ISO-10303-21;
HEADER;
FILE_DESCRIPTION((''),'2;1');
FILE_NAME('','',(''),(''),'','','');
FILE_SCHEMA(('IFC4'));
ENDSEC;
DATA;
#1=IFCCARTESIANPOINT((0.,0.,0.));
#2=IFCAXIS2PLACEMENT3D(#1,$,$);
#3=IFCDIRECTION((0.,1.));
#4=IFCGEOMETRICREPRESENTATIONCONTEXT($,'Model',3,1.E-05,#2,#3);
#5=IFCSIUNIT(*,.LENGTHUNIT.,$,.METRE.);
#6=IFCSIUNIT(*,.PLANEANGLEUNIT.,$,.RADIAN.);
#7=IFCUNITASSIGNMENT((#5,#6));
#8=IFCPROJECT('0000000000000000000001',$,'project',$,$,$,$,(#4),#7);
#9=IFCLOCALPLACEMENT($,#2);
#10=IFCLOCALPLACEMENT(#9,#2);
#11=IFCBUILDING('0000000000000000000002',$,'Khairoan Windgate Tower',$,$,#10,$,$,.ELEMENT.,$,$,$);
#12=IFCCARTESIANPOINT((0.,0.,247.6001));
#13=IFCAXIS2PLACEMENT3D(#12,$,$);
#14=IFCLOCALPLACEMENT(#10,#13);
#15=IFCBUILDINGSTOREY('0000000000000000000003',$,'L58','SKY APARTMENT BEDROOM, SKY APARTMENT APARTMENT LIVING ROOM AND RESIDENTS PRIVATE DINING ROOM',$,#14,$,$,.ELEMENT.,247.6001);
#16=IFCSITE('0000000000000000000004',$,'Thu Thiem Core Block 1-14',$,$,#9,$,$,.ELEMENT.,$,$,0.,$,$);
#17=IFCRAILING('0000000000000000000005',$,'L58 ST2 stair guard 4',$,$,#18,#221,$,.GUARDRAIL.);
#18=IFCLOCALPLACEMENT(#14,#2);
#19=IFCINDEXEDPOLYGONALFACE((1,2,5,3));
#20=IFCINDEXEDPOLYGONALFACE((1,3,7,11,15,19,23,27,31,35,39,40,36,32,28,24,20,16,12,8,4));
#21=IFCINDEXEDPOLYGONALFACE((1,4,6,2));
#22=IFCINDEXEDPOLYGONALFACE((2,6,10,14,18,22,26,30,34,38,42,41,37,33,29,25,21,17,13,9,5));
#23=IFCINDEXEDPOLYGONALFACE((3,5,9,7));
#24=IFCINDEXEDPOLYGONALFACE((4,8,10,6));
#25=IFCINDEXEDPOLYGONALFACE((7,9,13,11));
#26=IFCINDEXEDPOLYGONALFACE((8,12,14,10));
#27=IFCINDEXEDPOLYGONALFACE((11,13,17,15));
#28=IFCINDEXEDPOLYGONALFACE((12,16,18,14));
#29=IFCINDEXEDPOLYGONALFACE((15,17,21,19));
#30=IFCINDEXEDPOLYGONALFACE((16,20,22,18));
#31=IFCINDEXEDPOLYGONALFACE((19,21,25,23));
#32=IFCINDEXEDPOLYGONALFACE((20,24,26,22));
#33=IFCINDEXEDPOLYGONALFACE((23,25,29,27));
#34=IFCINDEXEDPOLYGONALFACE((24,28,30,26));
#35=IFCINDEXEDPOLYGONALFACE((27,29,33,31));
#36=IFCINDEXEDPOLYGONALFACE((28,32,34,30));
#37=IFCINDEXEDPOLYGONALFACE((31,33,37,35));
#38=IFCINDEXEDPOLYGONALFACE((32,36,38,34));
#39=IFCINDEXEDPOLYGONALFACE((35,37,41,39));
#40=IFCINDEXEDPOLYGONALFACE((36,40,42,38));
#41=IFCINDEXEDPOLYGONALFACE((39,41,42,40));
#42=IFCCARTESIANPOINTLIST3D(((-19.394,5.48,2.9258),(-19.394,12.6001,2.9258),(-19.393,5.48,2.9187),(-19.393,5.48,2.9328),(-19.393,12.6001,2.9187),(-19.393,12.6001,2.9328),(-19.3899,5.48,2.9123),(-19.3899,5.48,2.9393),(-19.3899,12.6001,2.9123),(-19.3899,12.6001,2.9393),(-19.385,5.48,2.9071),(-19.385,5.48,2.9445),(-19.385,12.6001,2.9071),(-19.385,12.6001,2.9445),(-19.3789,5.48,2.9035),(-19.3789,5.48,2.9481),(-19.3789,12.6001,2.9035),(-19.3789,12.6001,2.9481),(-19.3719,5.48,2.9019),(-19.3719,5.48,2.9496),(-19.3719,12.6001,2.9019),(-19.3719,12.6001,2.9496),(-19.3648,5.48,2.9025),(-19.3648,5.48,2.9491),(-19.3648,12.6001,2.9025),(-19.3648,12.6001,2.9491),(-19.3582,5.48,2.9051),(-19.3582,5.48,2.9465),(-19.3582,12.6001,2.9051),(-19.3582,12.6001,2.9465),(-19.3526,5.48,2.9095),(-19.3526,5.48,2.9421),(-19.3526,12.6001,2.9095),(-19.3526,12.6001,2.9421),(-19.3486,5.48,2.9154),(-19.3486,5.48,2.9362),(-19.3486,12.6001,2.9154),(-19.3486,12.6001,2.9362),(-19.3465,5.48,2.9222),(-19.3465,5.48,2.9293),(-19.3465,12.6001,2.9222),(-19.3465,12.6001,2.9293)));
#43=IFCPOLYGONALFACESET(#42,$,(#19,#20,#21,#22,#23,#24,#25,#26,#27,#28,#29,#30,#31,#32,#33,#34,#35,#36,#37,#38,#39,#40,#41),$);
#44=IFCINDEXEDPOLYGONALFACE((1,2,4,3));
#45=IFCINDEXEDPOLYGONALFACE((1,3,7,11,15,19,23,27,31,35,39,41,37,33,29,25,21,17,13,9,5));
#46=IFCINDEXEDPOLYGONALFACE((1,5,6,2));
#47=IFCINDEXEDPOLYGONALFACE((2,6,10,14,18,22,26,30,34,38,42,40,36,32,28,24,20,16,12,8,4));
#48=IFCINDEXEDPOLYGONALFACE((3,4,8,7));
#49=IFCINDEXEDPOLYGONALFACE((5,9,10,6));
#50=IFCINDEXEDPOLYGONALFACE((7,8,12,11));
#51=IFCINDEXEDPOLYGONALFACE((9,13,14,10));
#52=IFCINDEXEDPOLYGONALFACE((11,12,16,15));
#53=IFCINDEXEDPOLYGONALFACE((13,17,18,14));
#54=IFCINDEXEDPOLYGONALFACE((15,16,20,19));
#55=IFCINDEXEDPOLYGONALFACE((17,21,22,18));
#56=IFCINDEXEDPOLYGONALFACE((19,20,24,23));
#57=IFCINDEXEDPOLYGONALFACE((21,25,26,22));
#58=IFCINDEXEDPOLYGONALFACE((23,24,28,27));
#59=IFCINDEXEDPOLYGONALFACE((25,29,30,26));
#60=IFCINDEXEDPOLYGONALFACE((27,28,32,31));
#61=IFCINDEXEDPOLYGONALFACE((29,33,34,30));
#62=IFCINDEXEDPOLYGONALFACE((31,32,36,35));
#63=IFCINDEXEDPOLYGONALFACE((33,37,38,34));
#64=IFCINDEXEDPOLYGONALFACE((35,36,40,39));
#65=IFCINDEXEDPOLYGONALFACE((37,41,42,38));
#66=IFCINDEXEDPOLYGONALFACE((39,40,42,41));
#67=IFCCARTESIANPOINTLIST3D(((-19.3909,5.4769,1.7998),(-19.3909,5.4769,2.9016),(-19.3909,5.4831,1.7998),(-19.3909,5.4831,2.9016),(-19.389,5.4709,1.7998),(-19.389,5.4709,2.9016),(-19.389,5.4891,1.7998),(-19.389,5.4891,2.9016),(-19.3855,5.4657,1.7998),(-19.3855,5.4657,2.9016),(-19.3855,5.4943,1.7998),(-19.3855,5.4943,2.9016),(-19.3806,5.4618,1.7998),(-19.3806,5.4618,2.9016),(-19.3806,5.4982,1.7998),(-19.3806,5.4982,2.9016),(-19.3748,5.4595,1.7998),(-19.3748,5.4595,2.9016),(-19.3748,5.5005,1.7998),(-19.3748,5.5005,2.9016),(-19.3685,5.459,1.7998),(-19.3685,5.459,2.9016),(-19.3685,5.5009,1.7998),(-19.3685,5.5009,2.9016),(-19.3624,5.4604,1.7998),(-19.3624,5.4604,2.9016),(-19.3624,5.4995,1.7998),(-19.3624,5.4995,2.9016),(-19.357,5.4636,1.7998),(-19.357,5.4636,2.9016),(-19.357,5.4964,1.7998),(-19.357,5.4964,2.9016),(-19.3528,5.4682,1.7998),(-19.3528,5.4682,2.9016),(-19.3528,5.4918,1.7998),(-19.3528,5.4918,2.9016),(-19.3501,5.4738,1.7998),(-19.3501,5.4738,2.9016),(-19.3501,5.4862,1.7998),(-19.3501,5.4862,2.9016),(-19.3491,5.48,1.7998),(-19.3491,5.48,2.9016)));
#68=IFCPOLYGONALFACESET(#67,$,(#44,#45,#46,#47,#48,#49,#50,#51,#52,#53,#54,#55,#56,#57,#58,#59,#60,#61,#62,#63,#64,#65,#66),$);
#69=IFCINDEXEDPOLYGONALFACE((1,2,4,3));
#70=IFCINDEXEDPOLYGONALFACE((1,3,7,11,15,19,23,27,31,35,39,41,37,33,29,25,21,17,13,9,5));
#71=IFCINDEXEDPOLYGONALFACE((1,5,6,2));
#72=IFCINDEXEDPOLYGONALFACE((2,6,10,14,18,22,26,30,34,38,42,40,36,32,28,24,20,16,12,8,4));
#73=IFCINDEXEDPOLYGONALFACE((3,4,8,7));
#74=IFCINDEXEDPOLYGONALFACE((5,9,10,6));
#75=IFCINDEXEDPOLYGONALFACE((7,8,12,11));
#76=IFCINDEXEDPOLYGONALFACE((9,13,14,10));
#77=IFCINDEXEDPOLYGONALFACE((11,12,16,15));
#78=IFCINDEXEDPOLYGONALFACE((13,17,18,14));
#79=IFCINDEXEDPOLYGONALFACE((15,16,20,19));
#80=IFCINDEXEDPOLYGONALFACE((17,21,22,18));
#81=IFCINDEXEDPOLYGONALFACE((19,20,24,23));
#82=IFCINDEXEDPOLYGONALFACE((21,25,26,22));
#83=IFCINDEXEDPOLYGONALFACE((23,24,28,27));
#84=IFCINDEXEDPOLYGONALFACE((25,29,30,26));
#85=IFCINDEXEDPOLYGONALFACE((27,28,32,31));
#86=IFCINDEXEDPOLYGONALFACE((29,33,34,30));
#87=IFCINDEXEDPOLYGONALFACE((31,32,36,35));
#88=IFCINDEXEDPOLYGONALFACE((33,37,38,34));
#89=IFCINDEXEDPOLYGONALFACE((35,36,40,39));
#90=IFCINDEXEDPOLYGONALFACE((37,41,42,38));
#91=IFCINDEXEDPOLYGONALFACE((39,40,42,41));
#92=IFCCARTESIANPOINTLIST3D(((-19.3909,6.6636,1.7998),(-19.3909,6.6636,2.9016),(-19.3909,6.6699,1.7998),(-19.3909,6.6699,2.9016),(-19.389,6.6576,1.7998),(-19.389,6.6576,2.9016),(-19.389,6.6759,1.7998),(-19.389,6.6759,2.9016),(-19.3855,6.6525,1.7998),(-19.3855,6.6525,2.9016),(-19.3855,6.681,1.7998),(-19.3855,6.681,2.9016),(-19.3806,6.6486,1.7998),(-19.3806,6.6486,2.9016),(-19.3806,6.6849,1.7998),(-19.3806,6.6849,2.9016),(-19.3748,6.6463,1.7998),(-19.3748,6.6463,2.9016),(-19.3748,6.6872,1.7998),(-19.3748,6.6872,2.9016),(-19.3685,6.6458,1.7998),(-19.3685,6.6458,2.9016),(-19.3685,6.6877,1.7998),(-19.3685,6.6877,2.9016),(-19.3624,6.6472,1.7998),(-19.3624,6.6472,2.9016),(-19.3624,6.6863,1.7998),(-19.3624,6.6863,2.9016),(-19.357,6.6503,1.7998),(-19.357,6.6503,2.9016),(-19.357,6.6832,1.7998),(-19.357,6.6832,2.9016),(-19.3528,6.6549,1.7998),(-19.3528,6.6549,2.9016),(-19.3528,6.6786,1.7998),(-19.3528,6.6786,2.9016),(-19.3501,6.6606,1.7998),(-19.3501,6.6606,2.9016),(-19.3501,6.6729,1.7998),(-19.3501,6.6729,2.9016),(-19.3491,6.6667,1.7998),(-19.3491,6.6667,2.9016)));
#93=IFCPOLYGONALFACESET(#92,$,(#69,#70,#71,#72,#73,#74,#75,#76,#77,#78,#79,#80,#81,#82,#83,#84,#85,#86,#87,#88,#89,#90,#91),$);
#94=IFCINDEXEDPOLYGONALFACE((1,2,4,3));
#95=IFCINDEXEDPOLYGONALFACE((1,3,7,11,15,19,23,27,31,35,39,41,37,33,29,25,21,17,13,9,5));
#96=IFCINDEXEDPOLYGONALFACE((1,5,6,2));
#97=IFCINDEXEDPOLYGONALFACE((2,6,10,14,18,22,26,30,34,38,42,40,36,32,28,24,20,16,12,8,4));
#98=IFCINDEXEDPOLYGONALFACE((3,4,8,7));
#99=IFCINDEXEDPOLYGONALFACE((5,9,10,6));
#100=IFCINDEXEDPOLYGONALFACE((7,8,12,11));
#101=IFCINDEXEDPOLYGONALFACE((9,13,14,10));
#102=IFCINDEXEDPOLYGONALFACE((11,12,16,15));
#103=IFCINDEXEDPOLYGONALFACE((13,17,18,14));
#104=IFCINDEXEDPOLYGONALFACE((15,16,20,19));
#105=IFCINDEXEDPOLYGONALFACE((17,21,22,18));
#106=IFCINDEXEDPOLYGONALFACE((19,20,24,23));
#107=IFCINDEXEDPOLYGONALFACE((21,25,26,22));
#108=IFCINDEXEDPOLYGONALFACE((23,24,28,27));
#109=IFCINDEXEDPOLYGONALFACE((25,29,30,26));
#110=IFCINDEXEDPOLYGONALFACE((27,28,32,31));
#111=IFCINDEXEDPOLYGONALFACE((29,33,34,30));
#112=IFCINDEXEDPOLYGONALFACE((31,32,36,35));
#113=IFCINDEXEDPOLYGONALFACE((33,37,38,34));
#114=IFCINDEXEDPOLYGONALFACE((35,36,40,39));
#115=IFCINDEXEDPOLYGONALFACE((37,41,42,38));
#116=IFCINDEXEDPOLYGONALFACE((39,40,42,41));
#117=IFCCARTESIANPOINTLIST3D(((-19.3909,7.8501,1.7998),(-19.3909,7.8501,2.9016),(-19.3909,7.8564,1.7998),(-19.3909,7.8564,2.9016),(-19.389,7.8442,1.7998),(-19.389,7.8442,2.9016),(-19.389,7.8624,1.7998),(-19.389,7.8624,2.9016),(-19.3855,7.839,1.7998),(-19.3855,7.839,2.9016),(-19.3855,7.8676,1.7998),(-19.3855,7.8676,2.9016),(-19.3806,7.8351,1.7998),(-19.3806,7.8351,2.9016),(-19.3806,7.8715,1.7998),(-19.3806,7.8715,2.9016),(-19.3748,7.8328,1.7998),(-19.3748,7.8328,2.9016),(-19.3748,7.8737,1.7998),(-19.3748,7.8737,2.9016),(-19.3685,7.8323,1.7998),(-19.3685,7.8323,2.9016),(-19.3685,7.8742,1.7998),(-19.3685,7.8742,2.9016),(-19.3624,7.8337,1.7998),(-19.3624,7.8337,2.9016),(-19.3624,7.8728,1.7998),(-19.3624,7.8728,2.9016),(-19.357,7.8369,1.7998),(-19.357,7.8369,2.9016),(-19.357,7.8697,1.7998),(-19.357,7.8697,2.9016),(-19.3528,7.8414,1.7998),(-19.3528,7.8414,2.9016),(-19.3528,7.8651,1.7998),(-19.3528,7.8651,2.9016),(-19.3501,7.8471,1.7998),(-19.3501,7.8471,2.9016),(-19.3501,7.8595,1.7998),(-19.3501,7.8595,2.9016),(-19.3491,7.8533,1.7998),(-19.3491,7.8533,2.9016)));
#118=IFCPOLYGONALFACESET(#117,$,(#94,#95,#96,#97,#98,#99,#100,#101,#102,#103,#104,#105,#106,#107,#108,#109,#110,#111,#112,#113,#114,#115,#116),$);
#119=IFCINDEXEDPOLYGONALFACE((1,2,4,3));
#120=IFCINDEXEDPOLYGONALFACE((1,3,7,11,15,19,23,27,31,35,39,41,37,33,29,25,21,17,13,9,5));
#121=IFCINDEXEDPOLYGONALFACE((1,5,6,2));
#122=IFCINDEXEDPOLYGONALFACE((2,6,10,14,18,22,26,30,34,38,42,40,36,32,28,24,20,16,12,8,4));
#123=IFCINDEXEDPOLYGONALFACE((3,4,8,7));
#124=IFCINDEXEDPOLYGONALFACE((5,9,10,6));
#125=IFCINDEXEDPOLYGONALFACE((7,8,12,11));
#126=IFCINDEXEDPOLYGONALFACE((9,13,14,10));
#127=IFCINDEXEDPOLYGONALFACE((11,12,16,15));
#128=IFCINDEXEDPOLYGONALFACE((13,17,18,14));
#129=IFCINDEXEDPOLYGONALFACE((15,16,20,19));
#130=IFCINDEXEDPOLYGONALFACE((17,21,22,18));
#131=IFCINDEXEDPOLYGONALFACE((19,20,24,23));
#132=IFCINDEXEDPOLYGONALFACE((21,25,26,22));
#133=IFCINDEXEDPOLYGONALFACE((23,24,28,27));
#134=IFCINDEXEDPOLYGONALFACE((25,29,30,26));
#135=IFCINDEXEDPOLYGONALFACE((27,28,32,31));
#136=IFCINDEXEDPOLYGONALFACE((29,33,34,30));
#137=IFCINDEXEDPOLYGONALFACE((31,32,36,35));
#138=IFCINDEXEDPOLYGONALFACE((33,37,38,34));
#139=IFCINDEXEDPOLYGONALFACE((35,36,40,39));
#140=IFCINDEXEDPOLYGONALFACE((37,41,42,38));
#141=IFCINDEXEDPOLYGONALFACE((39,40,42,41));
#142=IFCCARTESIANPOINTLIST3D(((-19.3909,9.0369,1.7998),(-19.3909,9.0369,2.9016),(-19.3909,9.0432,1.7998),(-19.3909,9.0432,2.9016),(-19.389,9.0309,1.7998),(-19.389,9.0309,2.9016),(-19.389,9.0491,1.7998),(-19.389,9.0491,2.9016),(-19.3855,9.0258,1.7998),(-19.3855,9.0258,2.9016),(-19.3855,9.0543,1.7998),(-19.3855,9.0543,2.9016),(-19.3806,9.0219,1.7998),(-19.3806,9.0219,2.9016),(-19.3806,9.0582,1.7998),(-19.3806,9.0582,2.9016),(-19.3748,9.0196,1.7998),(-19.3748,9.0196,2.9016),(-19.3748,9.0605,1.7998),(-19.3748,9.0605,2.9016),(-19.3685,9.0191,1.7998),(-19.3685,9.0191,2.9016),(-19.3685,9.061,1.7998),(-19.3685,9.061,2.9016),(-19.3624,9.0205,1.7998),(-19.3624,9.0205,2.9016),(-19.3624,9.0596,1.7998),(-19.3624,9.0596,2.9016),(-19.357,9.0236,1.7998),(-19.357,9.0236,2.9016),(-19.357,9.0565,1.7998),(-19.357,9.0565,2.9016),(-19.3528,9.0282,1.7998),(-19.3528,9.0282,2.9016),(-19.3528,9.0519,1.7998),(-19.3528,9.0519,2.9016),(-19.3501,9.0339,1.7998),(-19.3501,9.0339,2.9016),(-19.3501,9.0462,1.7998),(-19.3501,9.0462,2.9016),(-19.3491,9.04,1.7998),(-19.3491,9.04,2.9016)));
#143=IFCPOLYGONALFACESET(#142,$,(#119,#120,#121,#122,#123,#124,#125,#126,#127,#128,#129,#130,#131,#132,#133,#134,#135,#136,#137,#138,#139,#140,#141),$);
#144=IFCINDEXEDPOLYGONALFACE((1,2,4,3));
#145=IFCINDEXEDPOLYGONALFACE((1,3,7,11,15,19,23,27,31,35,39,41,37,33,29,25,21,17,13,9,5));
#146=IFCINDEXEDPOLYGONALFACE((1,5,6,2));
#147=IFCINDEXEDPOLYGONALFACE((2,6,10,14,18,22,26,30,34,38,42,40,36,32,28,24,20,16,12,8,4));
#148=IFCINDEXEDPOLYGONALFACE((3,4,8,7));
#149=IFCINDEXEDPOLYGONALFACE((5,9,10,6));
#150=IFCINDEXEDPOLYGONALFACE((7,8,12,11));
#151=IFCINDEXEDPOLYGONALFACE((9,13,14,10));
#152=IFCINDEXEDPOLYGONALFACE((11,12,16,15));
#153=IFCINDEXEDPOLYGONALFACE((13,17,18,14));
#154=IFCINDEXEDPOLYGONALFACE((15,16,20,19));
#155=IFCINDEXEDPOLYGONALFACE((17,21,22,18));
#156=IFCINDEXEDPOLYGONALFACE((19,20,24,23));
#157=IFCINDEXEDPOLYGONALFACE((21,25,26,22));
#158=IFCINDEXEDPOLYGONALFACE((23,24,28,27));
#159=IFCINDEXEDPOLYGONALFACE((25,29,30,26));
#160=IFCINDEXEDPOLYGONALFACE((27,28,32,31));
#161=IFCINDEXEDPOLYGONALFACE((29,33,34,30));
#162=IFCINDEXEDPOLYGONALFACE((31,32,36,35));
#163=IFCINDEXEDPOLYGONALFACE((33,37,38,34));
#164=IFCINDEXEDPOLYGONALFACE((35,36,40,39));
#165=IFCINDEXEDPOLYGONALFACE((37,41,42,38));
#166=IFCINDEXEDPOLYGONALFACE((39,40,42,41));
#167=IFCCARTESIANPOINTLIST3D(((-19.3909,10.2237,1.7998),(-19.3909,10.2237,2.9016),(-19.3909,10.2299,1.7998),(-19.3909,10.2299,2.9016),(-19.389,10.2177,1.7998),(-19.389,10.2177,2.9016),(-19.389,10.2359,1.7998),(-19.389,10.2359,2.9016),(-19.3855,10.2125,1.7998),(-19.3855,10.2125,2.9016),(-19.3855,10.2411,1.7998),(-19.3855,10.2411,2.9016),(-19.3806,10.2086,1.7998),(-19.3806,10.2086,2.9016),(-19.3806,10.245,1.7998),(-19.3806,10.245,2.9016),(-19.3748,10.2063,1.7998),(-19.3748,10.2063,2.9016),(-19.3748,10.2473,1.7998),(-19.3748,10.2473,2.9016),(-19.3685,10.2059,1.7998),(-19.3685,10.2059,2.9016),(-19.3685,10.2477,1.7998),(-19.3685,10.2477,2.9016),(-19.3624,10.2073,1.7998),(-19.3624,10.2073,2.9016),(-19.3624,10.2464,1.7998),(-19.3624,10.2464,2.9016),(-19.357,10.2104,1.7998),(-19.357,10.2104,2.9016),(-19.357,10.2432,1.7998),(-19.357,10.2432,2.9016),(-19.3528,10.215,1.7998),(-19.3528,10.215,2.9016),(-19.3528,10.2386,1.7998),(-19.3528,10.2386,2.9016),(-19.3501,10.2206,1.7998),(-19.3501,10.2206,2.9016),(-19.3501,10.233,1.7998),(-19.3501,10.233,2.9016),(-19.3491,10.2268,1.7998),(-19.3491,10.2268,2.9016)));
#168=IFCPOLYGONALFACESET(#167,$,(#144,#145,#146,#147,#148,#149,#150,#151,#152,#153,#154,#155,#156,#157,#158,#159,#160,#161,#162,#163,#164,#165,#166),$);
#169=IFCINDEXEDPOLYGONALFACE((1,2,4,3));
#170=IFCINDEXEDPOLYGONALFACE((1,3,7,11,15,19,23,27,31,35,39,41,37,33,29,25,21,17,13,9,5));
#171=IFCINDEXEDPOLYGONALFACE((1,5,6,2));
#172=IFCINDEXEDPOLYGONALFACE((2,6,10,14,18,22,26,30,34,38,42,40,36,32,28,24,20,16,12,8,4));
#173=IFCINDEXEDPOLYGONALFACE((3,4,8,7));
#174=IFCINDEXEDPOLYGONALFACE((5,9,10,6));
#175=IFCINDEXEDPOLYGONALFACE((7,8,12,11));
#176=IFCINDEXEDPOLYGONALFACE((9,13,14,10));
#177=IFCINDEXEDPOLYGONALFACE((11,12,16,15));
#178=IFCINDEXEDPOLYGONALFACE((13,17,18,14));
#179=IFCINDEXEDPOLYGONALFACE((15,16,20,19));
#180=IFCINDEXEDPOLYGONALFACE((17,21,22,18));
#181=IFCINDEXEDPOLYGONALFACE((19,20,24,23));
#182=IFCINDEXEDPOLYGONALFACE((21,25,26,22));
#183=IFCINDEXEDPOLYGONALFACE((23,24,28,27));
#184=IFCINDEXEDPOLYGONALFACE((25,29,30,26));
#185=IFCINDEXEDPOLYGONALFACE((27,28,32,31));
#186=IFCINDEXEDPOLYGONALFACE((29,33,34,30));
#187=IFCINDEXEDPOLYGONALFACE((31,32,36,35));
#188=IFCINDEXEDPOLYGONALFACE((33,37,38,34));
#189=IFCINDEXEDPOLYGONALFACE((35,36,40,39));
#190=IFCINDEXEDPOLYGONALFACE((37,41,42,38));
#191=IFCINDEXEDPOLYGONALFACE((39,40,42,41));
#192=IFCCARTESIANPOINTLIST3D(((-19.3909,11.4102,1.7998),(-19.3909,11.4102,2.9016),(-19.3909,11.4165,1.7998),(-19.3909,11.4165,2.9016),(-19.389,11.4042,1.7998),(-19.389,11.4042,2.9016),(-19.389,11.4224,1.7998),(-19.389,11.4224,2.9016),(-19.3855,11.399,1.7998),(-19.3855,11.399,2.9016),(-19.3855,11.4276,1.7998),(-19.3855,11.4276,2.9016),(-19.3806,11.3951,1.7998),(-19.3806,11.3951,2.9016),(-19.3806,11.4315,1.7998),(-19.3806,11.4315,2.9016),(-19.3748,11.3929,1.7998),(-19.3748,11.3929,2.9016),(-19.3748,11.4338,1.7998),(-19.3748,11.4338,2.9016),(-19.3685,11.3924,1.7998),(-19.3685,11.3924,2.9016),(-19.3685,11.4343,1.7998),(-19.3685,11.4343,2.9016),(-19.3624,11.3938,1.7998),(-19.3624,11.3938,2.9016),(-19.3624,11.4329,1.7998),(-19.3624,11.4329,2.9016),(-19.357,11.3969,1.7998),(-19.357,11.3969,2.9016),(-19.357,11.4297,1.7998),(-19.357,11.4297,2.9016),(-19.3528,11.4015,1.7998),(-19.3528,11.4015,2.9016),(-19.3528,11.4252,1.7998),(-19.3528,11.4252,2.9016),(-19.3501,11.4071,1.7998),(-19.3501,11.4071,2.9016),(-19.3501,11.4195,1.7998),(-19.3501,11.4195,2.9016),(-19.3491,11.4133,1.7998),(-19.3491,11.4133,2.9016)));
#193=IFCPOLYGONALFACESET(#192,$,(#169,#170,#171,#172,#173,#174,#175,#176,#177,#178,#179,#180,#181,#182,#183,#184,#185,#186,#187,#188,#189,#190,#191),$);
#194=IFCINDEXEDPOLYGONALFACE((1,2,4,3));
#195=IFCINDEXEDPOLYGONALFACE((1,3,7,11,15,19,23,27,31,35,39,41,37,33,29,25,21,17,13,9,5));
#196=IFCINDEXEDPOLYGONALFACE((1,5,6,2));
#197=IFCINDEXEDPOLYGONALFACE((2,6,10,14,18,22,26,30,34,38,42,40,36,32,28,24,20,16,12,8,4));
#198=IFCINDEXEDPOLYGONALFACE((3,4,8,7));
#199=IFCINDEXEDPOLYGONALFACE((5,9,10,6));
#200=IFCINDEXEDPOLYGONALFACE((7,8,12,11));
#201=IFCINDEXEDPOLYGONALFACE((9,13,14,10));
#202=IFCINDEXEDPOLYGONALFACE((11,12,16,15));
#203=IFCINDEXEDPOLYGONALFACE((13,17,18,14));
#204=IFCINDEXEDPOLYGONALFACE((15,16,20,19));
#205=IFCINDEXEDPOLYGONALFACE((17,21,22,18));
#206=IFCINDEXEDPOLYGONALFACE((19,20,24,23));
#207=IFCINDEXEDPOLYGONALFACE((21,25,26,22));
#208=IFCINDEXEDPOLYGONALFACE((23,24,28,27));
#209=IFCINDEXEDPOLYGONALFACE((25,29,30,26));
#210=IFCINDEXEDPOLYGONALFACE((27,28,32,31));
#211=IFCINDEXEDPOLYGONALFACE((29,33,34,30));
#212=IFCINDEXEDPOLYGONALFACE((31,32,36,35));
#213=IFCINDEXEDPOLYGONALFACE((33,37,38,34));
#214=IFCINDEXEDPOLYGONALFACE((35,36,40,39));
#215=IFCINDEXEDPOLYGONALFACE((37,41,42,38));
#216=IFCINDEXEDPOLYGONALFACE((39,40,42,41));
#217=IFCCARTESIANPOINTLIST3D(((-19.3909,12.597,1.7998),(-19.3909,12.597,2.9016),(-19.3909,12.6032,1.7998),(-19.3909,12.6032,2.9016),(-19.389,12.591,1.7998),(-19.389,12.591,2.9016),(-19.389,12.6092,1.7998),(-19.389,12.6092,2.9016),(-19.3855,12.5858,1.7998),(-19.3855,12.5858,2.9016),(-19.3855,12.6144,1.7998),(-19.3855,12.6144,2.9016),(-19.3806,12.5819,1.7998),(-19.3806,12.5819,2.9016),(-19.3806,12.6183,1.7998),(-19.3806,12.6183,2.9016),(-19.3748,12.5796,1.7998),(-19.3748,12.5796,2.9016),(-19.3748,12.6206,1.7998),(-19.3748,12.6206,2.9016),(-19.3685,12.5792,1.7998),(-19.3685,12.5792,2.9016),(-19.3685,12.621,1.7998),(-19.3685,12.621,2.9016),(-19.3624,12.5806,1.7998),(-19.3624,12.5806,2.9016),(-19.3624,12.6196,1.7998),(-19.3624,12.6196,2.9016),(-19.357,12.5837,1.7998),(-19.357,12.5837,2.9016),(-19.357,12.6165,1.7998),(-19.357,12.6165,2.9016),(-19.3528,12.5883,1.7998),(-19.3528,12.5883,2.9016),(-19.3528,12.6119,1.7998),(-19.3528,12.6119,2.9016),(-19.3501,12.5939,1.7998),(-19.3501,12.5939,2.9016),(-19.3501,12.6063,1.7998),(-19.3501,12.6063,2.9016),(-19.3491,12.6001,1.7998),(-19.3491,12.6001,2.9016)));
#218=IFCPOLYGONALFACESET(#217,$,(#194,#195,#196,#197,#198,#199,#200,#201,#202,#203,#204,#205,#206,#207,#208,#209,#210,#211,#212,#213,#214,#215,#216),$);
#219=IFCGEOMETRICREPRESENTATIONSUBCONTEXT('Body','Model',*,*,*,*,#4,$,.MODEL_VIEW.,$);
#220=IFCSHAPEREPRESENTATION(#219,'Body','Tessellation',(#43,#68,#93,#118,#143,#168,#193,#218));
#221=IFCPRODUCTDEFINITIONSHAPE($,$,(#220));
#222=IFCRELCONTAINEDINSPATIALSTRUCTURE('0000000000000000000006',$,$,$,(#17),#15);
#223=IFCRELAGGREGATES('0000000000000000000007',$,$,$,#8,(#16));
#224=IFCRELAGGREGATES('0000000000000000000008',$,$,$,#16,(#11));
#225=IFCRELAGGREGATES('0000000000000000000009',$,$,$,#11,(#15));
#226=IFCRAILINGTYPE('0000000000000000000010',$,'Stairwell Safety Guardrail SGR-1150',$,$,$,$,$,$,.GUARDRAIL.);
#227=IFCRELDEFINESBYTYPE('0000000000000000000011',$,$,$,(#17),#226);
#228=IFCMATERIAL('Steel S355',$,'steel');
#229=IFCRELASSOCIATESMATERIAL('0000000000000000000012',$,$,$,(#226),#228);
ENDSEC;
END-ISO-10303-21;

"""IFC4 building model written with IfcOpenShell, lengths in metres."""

from ifc_helpers import new_model, si_unit, direction, frame, origin, origin_2d, place, context, subcontext, project, spatial, circle, extrude, material, type_object, element, save


model = new_model("IFC4")

# Units and contexts
model_context = context("Model", 3, precision=1e-05, world=origin(), true_north=direction((0.0, 1.0)))
body_context = subcontext(model_context, "Body", "Model", "MODEL_VIEW")
ifc_project = project(units=[si_unit("LENGTHUNIT", "METRE"), si_unit("PLANEANGLEUNIT", "RADIAN")], contexts=[model_context])

# Site, building, storey
site_placement = place(None, origin())
site = spatial("IfcSite", under=ifc_project, at=site_placement, Name="Thu Thiem Core Block 1-14", CompositionType="ELEMENT", RefElevation=0.0)
building_placement = place(site_placement, origin())
building = spatial("IfcBuilding", under=site, at=building_placement, Name="Khairoan Windgate Tower", CompositionType="ELEMENT")
storey_placement = place(building_placement, frame((0.0, 0.0, 247.6001)))
storey = spatial("IfcBuildingStorey", under=building, at=storey_placement, Name="L58", Description="SKY APARTMENT BEDROOM, SKY APARTMENT APARTMENT LIVING ROOM AND RESIDENTS PRIVATE DINING ROOM", CompositionType="ELEMENT", Elevation=247.6001)

# Railing
ifc_material_1 = material(Name="Steel S355", Category="steel")
railing_type_1 = type_object("IfcRailingType", Name="Stairwell Safety Guardrail SGR-1150", PredefinedType="GUARDRAIL", material=ifc_material_1)
railing_1_placement = place(storey_placement, frame((-19.3701, 5.48, 1.7998)))
element("IfcRailing", 1, at=railing_1_placement, inside=storey, type_object=railing_type_1, Name="L58 ST2 stair guard 4", PredefinedType="GUARDRAIL", context=body_context, shape_type="SweptSolid", body=[
    extrude(circle(Radius=0.0239, at=origin_2d()), frame((0.0, 0.0, 1.126), z_axis=(0.0, 1.0, 0.0), x_axis=(-1.0, 0.0, 0.0)), (0.0, 0.0, 1.0), 7.1201),
    extrude(circle(Radius=0.021, at=origin_2d()), origin(), (0.0, 0.0, 1.0), 1.1018),
    extrude(circle(Radius=0.021, at=origin_2d()), frame((0.0, 1.1868, 0.0)), (0.0, 0.0, 1.0), 1.1018),
    extrude(circle(Radius=0.021, at=origin_2d()), frame((0.0, 2.3733, 0.0)), (0.0, 0.0, 1.0), 1.1018),
    extrude(circle(Radius=0.021, at=origin_2d()), frame((0.0, 3.5601, 0.0)), (0.0, 0.0, 1.0), 1.1018),
    extrude(circle(Radius=0.021, at=origin_2d()), frame((0.0, 4.7468, 0.0)), (0.0, 0.0, 1.0), 1.1018),
    extrude(circle(Radius=0.021, at=origin_2d()), frame((0.0, 5.9333, 0.0)), (0.0, 0.0, 1.0), 1.1018),
    extrude(circle(Radius=0.021, at=origin_2d()), frame((0.0, 7.1201, 0.0)), (0.0, 0.0, 1.0), 1.1018),
])

save(model, "model.ifc")
